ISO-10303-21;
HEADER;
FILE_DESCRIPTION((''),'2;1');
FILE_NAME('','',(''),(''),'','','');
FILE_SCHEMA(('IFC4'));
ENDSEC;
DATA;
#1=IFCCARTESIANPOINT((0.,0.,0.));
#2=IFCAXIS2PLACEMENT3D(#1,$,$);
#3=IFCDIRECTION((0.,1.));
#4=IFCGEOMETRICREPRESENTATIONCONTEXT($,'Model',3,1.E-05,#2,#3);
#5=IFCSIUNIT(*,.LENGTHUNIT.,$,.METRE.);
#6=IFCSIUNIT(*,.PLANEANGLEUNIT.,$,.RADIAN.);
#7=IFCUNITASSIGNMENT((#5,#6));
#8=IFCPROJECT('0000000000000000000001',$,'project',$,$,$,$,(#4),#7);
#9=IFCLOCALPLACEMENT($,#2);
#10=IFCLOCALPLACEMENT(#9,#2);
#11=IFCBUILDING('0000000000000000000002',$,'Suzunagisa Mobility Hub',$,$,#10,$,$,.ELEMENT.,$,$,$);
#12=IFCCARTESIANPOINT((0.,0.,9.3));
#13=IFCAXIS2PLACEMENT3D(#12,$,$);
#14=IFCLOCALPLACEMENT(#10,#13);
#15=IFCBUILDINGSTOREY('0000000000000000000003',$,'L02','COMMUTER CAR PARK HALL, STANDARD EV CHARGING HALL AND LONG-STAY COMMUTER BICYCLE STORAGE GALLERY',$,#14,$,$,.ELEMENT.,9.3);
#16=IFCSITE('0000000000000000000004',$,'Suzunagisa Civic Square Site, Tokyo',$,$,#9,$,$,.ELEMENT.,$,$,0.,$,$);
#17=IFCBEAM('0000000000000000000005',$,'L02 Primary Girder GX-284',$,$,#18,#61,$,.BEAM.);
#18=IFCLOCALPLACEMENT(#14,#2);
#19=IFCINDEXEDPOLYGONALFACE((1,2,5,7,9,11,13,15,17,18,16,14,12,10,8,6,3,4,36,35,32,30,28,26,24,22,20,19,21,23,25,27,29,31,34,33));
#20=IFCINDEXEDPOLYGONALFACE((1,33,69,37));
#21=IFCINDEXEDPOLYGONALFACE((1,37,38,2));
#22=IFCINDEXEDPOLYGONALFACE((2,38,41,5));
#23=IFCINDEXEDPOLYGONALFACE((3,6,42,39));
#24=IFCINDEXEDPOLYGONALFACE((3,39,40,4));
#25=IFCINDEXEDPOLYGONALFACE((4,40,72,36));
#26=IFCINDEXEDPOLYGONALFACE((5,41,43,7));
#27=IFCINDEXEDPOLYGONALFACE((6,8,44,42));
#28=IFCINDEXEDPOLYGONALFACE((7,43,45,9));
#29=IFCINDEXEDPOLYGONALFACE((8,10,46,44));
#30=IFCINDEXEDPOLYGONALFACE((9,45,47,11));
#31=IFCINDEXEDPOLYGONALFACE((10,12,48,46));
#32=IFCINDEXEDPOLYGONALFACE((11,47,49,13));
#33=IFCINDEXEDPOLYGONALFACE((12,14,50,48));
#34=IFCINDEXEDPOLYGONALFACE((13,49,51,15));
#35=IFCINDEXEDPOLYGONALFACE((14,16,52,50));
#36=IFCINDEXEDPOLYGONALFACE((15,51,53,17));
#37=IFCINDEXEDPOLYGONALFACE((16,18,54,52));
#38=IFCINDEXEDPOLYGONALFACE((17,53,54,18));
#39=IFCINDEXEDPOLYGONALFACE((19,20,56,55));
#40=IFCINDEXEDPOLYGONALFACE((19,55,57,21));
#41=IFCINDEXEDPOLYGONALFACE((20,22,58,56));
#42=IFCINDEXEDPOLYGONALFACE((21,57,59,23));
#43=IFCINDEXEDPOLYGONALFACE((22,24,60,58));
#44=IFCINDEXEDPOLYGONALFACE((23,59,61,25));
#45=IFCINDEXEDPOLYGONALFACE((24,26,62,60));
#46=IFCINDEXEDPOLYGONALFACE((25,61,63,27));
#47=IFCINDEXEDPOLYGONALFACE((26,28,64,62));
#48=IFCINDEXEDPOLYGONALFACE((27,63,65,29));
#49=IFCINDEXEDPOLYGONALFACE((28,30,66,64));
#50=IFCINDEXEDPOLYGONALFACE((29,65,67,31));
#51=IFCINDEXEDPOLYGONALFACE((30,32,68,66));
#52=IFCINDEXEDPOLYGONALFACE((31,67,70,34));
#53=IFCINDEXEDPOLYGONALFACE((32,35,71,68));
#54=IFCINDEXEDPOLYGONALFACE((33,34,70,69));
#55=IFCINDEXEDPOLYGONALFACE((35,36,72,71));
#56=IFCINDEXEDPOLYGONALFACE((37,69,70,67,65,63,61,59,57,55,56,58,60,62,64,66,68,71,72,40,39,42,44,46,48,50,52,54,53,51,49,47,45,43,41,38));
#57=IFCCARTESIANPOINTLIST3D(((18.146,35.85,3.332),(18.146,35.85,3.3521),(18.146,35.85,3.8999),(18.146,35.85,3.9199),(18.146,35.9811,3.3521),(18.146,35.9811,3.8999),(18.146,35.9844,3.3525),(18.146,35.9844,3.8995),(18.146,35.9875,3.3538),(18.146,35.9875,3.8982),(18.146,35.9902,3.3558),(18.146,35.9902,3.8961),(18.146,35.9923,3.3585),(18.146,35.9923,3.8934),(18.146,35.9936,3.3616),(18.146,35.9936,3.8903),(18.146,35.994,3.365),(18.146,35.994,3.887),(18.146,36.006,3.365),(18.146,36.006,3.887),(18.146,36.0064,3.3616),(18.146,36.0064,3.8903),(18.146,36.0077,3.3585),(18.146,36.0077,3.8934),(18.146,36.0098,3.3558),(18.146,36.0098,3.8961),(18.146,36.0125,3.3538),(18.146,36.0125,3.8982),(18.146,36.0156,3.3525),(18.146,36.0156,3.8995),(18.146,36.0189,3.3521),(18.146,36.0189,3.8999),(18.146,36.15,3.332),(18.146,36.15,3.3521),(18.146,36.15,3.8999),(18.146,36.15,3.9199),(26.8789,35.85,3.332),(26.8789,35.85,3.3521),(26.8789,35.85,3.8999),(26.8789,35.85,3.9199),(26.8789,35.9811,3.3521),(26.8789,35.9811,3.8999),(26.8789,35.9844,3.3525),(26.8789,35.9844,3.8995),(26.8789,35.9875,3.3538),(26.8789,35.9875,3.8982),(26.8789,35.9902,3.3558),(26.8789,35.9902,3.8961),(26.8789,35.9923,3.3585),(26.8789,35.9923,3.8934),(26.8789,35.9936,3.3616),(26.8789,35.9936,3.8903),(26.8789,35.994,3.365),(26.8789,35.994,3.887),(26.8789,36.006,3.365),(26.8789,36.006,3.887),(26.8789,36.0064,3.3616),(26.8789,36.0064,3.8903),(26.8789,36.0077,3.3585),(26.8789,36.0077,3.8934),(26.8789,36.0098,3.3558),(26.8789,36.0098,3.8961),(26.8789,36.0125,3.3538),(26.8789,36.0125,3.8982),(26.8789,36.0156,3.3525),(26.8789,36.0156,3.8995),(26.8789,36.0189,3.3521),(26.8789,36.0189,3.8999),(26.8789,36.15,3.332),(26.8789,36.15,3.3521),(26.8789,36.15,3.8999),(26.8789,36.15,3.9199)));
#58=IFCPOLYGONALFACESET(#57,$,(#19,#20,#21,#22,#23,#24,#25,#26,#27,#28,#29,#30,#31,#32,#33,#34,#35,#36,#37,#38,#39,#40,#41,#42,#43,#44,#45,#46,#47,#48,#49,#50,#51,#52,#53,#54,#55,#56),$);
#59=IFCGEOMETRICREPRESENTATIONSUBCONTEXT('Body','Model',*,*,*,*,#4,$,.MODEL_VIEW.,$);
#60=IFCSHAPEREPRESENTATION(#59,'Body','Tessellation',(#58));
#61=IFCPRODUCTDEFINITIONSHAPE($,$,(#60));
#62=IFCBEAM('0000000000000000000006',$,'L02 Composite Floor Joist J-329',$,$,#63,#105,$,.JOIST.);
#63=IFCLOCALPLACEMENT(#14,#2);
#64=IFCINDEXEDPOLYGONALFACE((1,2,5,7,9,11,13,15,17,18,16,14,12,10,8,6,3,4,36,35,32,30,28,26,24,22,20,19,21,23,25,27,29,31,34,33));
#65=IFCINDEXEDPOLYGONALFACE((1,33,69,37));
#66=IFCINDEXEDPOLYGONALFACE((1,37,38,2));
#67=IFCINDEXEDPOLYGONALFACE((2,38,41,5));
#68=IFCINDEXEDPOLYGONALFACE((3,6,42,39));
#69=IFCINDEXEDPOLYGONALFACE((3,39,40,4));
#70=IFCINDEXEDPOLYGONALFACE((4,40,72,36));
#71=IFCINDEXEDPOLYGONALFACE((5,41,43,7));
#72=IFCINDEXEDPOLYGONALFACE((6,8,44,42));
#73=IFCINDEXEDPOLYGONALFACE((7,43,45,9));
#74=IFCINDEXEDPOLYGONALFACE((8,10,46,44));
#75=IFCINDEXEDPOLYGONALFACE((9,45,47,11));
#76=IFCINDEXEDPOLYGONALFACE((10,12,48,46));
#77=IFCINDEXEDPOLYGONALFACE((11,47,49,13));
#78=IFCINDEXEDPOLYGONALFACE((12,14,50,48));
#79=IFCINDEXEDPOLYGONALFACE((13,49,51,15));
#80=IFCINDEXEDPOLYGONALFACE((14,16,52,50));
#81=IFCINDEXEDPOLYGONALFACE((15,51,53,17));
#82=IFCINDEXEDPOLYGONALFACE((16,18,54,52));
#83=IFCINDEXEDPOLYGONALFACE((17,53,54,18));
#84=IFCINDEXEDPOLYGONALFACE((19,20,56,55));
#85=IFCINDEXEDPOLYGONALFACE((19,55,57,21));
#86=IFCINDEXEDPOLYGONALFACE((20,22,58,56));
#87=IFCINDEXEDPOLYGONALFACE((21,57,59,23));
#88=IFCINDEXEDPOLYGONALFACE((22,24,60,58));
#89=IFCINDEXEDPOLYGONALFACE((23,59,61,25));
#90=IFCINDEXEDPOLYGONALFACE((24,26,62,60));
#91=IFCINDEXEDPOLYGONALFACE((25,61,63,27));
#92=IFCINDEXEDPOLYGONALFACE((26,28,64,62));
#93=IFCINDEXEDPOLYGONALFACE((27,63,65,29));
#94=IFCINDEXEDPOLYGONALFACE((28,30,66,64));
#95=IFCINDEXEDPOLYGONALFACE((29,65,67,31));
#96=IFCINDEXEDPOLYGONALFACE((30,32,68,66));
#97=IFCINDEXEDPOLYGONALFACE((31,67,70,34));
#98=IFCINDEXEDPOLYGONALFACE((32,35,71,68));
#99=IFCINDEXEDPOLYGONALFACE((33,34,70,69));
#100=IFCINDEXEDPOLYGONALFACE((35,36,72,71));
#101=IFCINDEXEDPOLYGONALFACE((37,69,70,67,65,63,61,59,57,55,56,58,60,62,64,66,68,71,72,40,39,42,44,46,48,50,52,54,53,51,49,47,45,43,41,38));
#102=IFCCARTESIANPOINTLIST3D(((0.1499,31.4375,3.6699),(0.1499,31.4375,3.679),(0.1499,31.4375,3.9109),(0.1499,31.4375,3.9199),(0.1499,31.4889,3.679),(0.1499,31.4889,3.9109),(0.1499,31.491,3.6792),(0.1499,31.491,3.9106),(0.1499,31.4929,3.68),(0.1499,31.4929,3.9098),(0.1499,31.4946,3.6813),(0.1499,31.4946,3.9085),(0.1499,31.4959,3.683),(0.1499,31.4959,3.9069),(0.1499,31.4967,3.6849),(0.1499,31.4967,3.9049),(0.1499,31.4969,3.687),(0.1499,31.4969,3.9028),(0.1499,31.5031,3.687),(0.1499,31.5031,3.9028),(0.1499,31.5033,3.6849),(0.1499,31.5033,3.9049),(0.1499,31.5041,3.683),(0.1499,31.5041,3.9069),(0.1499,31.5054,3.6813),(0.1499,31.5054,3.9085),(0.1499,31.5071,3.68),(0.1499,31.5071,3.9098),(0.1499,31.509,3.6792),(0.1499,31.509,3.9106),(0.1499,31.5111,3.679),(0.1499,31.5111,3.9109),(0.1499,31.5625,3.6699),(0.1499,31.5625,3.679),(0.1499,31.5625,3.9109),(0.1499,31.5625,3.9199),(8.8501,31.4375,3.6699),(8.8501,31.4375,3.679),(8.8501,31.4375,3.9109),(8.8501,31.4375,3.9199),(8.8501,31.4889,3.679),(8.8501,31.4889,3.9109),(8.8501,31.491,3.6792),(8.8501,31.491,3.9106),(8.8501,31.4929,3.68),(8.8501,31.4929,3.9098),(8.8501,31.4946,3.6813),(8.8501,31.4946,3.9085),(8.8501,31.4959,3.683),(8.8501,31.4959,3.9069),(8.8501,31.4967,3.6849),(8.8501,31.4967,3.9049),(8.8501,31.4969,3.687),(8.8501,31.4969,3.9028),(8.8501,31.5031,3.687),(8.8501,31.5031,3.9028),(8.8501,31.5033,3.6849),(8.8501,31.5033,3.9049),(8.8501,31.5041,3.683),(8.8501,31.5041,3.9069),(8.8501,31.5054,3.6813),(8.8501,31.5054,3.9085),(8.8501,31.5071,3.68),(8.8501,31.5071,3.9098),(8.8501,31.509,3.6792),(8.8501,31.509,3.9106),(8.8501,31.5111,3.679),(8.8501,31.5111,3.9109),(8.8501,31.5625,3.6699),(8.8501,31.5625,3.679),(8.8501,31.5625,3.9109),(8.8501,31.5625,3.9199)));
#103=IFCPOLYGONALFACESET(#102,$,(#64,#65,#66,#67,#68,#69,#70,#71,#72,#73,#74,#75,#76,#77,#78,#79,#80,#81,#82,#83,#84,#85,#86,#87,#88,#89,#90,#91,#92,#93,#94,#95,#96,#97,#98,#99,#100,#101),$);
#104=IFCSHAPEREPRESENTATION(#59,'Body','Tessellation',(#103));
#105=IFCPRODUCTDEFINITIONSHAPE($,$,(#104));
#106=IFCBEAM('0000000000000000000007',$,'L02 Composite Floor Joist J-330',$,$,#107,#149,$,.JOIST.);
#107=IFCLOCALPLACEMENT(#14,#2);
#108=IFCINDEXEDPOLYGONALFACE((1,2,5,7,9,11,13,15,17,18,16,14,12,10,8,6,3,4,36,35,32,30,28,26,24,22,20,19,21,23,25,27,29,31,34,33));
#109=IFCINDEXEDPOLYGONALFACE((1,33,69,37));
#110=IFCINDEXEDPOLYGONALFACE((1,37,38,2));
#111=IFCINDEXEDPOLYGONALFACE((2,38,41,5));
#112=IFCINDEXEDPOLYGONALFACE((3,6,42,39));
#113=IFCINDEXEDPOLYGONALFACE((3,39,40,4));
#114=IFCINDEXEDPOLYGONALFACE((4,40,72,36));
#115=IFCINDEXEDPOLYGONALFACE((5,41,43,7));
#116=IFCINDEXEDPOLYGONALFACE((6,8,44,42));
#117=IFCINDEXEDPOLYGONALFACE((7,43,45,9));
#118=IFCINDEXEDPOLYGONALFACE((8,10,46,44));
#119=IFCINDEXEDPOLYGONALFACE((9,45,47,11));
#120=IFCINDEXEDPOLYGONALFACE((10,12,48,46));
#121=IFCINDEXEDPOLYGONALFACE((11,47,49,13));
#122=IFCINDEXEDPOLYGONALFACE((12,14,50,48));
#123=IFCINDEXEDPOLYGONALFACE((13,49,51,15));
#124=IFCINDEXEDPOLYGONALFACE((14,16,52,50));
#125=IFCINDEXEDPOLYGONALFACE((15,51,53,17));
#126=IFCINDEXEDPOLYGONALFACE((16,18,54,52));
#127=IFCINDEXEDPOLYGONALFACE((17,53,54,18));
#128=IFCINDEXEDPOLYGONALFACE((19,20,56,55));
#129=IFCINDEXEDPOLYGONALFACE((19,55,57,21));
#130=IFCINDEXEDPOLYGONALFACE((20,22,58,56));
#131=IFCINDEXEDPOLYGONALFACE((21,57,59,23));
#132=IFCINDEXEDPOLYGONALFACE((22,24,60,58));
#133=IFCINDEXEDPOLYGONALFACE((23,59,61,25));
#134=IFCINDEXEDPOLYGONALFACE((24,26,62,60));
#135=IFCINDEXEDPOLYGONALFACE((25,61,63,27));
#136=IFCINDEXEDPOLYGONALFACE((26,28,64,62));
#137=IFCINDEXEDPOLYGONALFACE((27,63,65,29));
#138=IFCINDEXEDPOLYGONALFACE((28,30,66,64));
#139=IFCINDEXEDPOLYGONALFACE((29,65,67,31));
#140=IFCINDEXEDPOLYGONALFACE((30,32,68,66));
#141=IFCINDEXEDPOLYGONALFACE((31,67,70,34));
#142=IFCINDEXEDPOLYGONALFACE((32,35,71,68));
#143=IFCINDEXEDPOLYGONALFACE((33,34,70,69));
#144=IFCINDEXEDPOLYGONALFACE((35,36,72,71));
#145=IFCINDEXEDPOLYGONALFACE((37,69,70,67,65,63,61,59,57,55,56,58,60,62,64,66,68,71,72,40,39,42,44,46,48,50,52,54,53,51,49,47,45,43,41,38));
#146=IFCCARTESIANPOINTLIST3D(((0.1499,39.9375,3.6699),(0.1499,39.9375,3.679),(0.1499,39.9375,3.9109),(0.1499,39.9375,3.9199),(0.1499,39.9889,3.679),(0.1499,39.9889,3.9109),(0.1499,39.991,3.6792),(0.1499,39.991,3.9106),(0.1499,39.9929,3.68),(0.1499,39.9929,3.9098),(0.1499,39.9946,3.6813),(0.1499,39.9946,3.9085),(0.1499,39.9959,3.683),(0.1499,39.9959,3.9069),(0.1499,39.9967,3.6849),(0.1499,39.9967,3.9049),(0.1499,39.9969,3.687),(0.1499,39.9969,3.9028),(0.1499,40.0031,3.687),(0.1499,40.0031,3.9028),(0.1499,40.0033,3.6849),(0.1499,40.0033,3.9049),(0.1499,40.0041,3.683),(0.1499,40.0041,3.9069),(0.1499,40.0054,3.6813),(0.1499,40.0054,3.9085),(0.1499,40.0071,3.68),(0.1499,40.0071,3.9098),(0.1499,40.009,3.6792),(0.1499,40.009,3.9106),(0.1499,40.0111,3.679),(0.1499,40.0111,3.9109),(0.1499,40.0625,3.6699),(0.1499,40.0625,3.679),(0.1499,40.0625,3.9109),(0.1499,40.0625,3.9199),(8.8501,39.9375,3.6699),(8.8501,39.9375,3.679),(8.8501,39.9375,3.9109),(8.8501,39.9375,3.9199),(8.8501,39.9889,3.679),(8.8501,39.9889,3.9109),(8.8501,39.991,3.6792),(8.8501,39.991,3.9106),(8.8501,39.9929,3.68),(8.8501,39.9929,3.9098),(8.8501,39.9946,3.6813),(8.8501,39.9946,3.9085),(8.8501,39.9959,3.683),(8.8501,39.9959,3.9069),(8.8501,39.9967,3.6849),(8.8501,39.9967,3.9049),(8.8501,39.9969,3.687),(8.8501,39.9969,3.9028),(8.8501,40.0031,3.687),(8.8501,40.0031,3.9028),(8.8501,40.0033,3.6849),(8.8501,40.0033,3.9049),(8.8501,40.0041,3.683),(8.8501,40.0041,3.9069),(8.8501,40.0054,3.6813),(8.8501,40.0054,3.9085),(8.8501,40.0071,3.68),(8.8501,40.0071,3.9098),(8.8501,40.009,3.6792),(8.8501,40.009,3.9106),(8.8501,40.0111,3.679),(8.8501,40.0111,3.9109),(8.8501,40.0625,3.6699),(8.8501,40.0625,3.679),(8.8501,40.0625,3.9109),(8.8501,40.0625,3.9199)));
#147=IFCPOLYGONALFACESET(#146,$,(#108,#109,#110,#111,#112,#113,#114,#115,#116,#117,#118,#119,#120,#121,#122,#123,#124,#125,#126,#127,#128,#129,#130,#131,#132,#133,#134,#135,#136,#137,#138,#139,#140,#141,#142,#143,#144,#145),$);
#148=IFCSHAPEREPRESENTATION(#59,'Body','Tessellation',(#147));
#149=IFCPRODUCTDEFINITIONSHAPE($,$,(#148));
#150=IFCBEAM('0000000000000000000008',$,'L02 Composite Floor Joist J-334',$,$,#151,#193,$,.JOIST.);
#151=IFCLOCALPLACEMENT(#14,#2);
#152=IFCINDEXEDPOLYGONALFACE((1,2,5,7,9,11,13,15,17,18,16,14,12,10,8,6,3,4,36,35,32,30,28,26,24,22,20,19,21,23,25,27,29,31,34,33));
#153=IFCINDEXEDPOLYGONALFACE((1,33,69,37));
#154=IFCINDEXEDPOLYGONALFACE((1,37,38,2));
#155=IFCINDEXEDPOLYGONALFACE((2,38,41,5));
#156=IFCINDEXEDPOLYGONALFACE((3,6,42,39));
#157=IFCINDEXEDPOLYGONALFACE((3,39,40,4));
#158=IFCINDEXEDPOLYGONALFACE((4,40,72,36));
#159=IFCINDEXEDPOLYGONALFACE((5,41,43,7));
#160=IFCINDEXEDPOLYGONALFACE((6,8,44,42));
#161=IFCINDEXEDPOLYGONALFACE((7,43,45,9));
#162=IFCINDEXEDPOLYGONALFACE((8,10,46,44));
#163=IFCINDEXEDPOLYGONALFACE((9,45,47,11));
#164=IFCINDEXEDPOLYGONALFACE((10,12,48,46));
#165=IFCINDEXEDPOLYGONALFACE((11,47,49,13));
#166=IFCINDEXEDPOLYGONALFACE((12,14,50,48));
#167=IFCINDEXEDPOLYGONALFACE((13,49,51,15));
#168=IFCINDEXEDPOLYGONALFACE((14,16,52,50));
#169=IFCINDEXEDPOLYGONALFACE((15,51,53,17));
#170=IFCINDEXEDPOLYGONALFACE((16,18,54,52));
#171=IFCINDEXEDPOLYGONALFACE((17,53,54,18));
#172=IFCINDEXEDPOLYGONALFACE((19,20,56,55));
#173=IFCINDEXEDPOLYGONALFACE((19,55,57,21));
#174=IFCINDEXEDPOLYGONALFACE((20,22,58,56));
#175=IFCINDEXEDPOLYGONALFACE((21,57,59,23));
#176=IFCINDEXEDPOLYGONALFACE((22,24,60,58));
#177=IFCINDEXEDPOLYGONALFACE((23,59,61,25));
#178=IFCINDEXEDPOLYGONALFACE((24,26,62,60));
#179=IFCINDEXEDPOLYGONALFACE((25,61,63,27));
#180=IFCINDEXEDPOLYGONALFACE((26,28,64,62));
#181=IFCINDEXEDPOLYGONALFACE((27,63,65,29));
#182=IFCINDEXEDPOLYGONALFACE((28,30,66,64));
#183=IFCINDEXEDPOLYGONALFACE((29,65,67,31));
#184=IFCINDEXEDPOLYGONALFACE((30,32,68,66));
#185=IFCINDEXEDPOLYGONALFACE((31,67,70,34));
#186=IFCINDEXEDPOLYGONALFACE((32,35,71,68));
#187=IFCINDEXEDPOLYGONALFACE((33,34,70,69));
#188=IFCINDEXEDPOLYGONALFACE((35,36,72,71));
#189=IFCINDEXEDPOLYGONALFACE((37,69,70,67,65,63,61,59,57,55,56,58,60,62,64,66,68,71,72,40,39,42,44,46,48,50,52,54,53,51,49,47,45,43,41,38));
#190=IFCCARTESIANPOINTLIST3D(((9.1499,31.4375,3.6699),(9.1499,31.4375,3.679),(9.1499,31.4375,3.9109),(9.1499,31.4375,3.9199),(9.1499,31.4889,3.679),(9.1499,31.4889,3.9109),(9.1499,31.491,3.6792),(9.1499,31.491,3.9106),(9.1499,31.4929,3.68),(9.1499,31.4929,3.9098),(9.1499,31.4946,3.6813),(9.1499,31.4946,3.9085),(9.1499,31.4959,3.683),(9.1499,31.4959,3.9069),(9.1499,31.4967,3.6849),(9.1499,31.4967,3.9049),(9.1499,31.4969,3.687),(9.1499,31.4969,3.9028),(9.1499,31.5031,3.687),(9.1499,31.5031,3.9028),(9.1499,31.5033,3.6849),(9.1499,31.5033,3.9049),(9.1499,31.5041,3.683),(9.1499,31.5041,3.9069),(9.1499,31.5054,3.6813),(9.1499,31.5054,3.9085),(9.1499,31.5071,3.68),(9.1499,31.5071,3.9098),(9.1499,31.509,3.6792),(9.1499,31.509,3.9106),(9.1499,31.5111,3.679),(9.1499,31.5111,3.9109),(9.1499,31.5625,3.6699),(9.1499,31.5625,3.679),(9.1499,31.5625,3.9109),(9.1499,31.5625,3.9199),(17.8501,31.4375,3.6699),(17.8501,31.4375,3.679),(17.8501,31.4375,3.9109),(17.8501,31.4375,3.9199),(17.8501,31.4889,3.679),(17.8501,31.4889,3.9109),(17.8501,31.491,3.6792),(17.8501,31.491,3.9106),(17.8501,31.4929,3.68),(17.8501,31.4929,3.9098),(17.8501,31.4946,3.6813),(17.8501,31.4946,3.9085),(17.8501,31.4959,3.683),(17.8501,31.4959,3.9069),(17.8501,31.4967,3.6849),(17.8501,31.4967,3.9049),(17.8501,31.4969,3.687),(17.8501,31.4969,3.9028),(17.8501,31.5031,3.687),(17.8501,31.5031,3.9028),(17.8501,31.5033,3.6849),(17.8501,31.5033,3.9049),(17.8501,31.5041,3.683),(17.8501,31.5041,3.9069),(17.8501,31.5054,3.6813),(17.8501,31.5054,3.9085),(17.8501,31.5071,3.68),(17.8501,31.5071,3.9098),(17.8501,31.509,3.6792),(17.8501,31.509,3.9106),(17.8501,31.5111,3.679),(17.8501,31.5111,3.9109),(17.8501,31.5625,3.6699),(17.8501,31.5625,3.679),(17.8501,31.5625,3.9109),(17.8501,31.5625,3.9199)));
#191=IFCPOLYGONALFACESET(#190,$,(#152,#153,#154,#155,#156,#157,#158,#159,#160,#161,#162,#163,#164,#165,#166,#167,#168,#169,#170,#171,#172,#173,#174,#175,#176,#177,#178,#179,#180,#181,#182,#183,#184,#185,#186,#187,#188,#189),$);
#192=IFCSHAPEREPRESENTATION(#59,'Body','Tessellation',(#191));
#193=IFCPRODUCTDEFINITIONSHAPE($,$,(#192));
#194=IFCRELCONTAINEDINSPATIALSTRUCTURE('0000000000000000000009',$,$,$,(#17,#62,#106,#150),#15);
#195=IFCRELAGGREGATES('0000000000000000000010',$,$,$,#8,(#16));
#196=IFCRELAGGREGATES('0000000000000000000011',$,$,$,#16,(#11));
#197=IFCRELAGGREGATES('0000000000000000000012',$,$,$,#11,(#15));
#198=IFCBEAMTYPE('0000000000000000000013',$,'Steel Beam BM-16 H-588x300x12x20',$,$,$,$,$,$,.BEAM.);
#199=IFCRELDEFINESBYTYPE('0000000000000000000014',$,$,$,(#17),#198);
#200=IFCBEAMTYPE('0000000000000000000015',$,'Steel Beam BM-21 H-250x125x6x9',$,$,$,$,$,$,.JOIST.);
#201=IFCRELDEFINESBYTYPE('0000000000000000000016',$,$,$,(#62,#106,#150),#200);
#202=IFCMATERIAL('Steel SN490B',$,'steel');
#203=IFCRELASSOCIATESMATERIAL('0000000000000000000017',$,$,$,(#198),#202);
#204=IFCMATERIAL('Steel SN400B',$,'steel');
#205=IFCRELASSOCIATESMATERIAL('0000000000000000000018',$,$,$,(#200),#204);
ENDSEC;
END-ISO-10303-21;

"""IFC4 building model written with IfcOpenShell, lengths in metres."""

from ifc_helpers import new_model, si_unit, direction, frame, origin, origin_2d, place, context, subcontext, project, spatial, i_section, extrude, material, material_profile, profile_set, type_object, element, save


model = new_model("IFC4")

# Units and contexts
model_context = context("Model", 3, precision=1e-05, world=origin(), true_north=direction((0.0, 1.0)))
body_context = subcontext(model_context, "Body", "Model", "MODEL_VIEW")
ifc_project = project(units=[si_unit("LENGTHUNIT", "METRE"), si_unit("PLANEANGLEUNIT", "RADIAN")], contexts=[model_context])

# Site, building, storey
site_placement = place(None, origin())
site = spatial("IfcSite", under=ifc_project, at=site_placement, Name="Suzunagisa Civic Square Site, Tokyo", CompositionType="ELEMENT", RefElevation=0.0)
building_placement = place(site_placement, origin())
building = spatial("IfcBuilding", under=site, at=building_placement, Name="Suzunagisa Mobility Hub", CompositionType="ELEMENT")
storey_placement = place(building_placement, frame((0.0, 0.0, 9.3)))
storey = spatial("IfcBuildingStorey", under=building, at=storey_placement, Name="L02", Description="COMMUTER CAR PARK HALL, STANDARD EV CHARGING HALL AND LONG-STAY COMMUTER BICYCLE STORAGE GALLERY", CompositionType="ELEMENT", Elevation=9.3)

# Shared definitions
ifc_material_1 = material(Name="Steel SN490B", Category="steel")

# Beams
ifc_material_profile_1 = material_profile(ifc_material_1, i_section(OverallWidth=0.3, OverallDepth=0.5879, WebThickness=0.012, FlangeThickness=0.02, FilletRadius=0.0129, at=origin_2d()), Name="H-588x300x12x20")
ifc_profile_set_1 = profile_set([ifc_material_profile_1], Name="Steel SN490B")
beam_type_1 = type_object("IfcBeamType", Name="Steel Beam BM-16 H-588x300x12x20", PredefinedType="BEAM", material=ifc_profile_set_1)
for number, where, z_axis, x_axis, name in (
    (1, (18.146, 36.0, 3.626), (1.0, 0.0, 0.0), (0.0, 1.0, 0.0), "L02 Primary Girder GX-284"),
):
    element("IfcBeam", number, at=place(storey_placement, frame(where, z_axis=z_axis, x_axis=x_axis)), inside=storey, type_object=beam_type_1, Name=name, PredefinedType="BEAM", context=body_context, shape_type="SweptSolid", body=[
        extrude(i_section(OverallWidth=0.3, OverallDepth=0.5879, WebThickness=0.012, FlangeThickness=0.02, FilletRadius=0.0129, at=origin_2d()), origin(), (0.0, 0.0, 1.0), 8.7329),
    ])
ifc_material_2 = material(Name="Steel SN400B", Category="steel")
ifc_material_profile_2 = material_profile(ifc_material_2, i_section(OverallWidth=0.125, OverallDepth=0.25, WebThickness=0.0061, FlangeThickness=0.009, FilletRadius=0.0081, at=origin_2d()), Name="H-250x125x6x9")
ifc_profile_set_2 = profile_set([ifc_material_profile_2], Name="Steel SN400B")
beam_type_2 = type_object("IfcBeamType", Name="Steel Beam BM-21 H-250x125x6x9", PredefinedType="JOIST", material=ifc_profile_set_2)
for number, where, z_axis, x_axis, name in (
    (2, (0.1499, 31.5, 3.7949), (1.0, 0.0, 0.0), (0.0, 1.0, 0.0), "L02 Composite Floor Joist J-329"),
    (3, (0.1499, 40.0, 3.7949), (1.0, 0.0, 0.0), (0.0, 1.0, 0.0), "L02 Composite Floor Joist J-330"),
    (4, (9.1499, 31.5, 3.7949), (1.0, 0.0, 0.0), (0.0, 1.0, 0.0), "L02 Composite Floor Joist J-334"),
):
    element("IfcBeam", number, at=place(storey_placement, frame(where, z_axis=z_axis, x_axis=x_axis)), inside=storey, type_object=beam_type_2, Name=name, PredefinedType="JOIST", context=body_context, shape_type="SweptSolid", body=[
        extrude(i_section(OverallWidth=0.125, OverallDepth=0.25, WebThickness=0.0061, FlangeThickness=0.009, FilletRadius=0.0081, at=origin_2d()), origin(), (0.0, 0.0, 1.0), 8.7002),
    ])

save(model, "model.ifc")
